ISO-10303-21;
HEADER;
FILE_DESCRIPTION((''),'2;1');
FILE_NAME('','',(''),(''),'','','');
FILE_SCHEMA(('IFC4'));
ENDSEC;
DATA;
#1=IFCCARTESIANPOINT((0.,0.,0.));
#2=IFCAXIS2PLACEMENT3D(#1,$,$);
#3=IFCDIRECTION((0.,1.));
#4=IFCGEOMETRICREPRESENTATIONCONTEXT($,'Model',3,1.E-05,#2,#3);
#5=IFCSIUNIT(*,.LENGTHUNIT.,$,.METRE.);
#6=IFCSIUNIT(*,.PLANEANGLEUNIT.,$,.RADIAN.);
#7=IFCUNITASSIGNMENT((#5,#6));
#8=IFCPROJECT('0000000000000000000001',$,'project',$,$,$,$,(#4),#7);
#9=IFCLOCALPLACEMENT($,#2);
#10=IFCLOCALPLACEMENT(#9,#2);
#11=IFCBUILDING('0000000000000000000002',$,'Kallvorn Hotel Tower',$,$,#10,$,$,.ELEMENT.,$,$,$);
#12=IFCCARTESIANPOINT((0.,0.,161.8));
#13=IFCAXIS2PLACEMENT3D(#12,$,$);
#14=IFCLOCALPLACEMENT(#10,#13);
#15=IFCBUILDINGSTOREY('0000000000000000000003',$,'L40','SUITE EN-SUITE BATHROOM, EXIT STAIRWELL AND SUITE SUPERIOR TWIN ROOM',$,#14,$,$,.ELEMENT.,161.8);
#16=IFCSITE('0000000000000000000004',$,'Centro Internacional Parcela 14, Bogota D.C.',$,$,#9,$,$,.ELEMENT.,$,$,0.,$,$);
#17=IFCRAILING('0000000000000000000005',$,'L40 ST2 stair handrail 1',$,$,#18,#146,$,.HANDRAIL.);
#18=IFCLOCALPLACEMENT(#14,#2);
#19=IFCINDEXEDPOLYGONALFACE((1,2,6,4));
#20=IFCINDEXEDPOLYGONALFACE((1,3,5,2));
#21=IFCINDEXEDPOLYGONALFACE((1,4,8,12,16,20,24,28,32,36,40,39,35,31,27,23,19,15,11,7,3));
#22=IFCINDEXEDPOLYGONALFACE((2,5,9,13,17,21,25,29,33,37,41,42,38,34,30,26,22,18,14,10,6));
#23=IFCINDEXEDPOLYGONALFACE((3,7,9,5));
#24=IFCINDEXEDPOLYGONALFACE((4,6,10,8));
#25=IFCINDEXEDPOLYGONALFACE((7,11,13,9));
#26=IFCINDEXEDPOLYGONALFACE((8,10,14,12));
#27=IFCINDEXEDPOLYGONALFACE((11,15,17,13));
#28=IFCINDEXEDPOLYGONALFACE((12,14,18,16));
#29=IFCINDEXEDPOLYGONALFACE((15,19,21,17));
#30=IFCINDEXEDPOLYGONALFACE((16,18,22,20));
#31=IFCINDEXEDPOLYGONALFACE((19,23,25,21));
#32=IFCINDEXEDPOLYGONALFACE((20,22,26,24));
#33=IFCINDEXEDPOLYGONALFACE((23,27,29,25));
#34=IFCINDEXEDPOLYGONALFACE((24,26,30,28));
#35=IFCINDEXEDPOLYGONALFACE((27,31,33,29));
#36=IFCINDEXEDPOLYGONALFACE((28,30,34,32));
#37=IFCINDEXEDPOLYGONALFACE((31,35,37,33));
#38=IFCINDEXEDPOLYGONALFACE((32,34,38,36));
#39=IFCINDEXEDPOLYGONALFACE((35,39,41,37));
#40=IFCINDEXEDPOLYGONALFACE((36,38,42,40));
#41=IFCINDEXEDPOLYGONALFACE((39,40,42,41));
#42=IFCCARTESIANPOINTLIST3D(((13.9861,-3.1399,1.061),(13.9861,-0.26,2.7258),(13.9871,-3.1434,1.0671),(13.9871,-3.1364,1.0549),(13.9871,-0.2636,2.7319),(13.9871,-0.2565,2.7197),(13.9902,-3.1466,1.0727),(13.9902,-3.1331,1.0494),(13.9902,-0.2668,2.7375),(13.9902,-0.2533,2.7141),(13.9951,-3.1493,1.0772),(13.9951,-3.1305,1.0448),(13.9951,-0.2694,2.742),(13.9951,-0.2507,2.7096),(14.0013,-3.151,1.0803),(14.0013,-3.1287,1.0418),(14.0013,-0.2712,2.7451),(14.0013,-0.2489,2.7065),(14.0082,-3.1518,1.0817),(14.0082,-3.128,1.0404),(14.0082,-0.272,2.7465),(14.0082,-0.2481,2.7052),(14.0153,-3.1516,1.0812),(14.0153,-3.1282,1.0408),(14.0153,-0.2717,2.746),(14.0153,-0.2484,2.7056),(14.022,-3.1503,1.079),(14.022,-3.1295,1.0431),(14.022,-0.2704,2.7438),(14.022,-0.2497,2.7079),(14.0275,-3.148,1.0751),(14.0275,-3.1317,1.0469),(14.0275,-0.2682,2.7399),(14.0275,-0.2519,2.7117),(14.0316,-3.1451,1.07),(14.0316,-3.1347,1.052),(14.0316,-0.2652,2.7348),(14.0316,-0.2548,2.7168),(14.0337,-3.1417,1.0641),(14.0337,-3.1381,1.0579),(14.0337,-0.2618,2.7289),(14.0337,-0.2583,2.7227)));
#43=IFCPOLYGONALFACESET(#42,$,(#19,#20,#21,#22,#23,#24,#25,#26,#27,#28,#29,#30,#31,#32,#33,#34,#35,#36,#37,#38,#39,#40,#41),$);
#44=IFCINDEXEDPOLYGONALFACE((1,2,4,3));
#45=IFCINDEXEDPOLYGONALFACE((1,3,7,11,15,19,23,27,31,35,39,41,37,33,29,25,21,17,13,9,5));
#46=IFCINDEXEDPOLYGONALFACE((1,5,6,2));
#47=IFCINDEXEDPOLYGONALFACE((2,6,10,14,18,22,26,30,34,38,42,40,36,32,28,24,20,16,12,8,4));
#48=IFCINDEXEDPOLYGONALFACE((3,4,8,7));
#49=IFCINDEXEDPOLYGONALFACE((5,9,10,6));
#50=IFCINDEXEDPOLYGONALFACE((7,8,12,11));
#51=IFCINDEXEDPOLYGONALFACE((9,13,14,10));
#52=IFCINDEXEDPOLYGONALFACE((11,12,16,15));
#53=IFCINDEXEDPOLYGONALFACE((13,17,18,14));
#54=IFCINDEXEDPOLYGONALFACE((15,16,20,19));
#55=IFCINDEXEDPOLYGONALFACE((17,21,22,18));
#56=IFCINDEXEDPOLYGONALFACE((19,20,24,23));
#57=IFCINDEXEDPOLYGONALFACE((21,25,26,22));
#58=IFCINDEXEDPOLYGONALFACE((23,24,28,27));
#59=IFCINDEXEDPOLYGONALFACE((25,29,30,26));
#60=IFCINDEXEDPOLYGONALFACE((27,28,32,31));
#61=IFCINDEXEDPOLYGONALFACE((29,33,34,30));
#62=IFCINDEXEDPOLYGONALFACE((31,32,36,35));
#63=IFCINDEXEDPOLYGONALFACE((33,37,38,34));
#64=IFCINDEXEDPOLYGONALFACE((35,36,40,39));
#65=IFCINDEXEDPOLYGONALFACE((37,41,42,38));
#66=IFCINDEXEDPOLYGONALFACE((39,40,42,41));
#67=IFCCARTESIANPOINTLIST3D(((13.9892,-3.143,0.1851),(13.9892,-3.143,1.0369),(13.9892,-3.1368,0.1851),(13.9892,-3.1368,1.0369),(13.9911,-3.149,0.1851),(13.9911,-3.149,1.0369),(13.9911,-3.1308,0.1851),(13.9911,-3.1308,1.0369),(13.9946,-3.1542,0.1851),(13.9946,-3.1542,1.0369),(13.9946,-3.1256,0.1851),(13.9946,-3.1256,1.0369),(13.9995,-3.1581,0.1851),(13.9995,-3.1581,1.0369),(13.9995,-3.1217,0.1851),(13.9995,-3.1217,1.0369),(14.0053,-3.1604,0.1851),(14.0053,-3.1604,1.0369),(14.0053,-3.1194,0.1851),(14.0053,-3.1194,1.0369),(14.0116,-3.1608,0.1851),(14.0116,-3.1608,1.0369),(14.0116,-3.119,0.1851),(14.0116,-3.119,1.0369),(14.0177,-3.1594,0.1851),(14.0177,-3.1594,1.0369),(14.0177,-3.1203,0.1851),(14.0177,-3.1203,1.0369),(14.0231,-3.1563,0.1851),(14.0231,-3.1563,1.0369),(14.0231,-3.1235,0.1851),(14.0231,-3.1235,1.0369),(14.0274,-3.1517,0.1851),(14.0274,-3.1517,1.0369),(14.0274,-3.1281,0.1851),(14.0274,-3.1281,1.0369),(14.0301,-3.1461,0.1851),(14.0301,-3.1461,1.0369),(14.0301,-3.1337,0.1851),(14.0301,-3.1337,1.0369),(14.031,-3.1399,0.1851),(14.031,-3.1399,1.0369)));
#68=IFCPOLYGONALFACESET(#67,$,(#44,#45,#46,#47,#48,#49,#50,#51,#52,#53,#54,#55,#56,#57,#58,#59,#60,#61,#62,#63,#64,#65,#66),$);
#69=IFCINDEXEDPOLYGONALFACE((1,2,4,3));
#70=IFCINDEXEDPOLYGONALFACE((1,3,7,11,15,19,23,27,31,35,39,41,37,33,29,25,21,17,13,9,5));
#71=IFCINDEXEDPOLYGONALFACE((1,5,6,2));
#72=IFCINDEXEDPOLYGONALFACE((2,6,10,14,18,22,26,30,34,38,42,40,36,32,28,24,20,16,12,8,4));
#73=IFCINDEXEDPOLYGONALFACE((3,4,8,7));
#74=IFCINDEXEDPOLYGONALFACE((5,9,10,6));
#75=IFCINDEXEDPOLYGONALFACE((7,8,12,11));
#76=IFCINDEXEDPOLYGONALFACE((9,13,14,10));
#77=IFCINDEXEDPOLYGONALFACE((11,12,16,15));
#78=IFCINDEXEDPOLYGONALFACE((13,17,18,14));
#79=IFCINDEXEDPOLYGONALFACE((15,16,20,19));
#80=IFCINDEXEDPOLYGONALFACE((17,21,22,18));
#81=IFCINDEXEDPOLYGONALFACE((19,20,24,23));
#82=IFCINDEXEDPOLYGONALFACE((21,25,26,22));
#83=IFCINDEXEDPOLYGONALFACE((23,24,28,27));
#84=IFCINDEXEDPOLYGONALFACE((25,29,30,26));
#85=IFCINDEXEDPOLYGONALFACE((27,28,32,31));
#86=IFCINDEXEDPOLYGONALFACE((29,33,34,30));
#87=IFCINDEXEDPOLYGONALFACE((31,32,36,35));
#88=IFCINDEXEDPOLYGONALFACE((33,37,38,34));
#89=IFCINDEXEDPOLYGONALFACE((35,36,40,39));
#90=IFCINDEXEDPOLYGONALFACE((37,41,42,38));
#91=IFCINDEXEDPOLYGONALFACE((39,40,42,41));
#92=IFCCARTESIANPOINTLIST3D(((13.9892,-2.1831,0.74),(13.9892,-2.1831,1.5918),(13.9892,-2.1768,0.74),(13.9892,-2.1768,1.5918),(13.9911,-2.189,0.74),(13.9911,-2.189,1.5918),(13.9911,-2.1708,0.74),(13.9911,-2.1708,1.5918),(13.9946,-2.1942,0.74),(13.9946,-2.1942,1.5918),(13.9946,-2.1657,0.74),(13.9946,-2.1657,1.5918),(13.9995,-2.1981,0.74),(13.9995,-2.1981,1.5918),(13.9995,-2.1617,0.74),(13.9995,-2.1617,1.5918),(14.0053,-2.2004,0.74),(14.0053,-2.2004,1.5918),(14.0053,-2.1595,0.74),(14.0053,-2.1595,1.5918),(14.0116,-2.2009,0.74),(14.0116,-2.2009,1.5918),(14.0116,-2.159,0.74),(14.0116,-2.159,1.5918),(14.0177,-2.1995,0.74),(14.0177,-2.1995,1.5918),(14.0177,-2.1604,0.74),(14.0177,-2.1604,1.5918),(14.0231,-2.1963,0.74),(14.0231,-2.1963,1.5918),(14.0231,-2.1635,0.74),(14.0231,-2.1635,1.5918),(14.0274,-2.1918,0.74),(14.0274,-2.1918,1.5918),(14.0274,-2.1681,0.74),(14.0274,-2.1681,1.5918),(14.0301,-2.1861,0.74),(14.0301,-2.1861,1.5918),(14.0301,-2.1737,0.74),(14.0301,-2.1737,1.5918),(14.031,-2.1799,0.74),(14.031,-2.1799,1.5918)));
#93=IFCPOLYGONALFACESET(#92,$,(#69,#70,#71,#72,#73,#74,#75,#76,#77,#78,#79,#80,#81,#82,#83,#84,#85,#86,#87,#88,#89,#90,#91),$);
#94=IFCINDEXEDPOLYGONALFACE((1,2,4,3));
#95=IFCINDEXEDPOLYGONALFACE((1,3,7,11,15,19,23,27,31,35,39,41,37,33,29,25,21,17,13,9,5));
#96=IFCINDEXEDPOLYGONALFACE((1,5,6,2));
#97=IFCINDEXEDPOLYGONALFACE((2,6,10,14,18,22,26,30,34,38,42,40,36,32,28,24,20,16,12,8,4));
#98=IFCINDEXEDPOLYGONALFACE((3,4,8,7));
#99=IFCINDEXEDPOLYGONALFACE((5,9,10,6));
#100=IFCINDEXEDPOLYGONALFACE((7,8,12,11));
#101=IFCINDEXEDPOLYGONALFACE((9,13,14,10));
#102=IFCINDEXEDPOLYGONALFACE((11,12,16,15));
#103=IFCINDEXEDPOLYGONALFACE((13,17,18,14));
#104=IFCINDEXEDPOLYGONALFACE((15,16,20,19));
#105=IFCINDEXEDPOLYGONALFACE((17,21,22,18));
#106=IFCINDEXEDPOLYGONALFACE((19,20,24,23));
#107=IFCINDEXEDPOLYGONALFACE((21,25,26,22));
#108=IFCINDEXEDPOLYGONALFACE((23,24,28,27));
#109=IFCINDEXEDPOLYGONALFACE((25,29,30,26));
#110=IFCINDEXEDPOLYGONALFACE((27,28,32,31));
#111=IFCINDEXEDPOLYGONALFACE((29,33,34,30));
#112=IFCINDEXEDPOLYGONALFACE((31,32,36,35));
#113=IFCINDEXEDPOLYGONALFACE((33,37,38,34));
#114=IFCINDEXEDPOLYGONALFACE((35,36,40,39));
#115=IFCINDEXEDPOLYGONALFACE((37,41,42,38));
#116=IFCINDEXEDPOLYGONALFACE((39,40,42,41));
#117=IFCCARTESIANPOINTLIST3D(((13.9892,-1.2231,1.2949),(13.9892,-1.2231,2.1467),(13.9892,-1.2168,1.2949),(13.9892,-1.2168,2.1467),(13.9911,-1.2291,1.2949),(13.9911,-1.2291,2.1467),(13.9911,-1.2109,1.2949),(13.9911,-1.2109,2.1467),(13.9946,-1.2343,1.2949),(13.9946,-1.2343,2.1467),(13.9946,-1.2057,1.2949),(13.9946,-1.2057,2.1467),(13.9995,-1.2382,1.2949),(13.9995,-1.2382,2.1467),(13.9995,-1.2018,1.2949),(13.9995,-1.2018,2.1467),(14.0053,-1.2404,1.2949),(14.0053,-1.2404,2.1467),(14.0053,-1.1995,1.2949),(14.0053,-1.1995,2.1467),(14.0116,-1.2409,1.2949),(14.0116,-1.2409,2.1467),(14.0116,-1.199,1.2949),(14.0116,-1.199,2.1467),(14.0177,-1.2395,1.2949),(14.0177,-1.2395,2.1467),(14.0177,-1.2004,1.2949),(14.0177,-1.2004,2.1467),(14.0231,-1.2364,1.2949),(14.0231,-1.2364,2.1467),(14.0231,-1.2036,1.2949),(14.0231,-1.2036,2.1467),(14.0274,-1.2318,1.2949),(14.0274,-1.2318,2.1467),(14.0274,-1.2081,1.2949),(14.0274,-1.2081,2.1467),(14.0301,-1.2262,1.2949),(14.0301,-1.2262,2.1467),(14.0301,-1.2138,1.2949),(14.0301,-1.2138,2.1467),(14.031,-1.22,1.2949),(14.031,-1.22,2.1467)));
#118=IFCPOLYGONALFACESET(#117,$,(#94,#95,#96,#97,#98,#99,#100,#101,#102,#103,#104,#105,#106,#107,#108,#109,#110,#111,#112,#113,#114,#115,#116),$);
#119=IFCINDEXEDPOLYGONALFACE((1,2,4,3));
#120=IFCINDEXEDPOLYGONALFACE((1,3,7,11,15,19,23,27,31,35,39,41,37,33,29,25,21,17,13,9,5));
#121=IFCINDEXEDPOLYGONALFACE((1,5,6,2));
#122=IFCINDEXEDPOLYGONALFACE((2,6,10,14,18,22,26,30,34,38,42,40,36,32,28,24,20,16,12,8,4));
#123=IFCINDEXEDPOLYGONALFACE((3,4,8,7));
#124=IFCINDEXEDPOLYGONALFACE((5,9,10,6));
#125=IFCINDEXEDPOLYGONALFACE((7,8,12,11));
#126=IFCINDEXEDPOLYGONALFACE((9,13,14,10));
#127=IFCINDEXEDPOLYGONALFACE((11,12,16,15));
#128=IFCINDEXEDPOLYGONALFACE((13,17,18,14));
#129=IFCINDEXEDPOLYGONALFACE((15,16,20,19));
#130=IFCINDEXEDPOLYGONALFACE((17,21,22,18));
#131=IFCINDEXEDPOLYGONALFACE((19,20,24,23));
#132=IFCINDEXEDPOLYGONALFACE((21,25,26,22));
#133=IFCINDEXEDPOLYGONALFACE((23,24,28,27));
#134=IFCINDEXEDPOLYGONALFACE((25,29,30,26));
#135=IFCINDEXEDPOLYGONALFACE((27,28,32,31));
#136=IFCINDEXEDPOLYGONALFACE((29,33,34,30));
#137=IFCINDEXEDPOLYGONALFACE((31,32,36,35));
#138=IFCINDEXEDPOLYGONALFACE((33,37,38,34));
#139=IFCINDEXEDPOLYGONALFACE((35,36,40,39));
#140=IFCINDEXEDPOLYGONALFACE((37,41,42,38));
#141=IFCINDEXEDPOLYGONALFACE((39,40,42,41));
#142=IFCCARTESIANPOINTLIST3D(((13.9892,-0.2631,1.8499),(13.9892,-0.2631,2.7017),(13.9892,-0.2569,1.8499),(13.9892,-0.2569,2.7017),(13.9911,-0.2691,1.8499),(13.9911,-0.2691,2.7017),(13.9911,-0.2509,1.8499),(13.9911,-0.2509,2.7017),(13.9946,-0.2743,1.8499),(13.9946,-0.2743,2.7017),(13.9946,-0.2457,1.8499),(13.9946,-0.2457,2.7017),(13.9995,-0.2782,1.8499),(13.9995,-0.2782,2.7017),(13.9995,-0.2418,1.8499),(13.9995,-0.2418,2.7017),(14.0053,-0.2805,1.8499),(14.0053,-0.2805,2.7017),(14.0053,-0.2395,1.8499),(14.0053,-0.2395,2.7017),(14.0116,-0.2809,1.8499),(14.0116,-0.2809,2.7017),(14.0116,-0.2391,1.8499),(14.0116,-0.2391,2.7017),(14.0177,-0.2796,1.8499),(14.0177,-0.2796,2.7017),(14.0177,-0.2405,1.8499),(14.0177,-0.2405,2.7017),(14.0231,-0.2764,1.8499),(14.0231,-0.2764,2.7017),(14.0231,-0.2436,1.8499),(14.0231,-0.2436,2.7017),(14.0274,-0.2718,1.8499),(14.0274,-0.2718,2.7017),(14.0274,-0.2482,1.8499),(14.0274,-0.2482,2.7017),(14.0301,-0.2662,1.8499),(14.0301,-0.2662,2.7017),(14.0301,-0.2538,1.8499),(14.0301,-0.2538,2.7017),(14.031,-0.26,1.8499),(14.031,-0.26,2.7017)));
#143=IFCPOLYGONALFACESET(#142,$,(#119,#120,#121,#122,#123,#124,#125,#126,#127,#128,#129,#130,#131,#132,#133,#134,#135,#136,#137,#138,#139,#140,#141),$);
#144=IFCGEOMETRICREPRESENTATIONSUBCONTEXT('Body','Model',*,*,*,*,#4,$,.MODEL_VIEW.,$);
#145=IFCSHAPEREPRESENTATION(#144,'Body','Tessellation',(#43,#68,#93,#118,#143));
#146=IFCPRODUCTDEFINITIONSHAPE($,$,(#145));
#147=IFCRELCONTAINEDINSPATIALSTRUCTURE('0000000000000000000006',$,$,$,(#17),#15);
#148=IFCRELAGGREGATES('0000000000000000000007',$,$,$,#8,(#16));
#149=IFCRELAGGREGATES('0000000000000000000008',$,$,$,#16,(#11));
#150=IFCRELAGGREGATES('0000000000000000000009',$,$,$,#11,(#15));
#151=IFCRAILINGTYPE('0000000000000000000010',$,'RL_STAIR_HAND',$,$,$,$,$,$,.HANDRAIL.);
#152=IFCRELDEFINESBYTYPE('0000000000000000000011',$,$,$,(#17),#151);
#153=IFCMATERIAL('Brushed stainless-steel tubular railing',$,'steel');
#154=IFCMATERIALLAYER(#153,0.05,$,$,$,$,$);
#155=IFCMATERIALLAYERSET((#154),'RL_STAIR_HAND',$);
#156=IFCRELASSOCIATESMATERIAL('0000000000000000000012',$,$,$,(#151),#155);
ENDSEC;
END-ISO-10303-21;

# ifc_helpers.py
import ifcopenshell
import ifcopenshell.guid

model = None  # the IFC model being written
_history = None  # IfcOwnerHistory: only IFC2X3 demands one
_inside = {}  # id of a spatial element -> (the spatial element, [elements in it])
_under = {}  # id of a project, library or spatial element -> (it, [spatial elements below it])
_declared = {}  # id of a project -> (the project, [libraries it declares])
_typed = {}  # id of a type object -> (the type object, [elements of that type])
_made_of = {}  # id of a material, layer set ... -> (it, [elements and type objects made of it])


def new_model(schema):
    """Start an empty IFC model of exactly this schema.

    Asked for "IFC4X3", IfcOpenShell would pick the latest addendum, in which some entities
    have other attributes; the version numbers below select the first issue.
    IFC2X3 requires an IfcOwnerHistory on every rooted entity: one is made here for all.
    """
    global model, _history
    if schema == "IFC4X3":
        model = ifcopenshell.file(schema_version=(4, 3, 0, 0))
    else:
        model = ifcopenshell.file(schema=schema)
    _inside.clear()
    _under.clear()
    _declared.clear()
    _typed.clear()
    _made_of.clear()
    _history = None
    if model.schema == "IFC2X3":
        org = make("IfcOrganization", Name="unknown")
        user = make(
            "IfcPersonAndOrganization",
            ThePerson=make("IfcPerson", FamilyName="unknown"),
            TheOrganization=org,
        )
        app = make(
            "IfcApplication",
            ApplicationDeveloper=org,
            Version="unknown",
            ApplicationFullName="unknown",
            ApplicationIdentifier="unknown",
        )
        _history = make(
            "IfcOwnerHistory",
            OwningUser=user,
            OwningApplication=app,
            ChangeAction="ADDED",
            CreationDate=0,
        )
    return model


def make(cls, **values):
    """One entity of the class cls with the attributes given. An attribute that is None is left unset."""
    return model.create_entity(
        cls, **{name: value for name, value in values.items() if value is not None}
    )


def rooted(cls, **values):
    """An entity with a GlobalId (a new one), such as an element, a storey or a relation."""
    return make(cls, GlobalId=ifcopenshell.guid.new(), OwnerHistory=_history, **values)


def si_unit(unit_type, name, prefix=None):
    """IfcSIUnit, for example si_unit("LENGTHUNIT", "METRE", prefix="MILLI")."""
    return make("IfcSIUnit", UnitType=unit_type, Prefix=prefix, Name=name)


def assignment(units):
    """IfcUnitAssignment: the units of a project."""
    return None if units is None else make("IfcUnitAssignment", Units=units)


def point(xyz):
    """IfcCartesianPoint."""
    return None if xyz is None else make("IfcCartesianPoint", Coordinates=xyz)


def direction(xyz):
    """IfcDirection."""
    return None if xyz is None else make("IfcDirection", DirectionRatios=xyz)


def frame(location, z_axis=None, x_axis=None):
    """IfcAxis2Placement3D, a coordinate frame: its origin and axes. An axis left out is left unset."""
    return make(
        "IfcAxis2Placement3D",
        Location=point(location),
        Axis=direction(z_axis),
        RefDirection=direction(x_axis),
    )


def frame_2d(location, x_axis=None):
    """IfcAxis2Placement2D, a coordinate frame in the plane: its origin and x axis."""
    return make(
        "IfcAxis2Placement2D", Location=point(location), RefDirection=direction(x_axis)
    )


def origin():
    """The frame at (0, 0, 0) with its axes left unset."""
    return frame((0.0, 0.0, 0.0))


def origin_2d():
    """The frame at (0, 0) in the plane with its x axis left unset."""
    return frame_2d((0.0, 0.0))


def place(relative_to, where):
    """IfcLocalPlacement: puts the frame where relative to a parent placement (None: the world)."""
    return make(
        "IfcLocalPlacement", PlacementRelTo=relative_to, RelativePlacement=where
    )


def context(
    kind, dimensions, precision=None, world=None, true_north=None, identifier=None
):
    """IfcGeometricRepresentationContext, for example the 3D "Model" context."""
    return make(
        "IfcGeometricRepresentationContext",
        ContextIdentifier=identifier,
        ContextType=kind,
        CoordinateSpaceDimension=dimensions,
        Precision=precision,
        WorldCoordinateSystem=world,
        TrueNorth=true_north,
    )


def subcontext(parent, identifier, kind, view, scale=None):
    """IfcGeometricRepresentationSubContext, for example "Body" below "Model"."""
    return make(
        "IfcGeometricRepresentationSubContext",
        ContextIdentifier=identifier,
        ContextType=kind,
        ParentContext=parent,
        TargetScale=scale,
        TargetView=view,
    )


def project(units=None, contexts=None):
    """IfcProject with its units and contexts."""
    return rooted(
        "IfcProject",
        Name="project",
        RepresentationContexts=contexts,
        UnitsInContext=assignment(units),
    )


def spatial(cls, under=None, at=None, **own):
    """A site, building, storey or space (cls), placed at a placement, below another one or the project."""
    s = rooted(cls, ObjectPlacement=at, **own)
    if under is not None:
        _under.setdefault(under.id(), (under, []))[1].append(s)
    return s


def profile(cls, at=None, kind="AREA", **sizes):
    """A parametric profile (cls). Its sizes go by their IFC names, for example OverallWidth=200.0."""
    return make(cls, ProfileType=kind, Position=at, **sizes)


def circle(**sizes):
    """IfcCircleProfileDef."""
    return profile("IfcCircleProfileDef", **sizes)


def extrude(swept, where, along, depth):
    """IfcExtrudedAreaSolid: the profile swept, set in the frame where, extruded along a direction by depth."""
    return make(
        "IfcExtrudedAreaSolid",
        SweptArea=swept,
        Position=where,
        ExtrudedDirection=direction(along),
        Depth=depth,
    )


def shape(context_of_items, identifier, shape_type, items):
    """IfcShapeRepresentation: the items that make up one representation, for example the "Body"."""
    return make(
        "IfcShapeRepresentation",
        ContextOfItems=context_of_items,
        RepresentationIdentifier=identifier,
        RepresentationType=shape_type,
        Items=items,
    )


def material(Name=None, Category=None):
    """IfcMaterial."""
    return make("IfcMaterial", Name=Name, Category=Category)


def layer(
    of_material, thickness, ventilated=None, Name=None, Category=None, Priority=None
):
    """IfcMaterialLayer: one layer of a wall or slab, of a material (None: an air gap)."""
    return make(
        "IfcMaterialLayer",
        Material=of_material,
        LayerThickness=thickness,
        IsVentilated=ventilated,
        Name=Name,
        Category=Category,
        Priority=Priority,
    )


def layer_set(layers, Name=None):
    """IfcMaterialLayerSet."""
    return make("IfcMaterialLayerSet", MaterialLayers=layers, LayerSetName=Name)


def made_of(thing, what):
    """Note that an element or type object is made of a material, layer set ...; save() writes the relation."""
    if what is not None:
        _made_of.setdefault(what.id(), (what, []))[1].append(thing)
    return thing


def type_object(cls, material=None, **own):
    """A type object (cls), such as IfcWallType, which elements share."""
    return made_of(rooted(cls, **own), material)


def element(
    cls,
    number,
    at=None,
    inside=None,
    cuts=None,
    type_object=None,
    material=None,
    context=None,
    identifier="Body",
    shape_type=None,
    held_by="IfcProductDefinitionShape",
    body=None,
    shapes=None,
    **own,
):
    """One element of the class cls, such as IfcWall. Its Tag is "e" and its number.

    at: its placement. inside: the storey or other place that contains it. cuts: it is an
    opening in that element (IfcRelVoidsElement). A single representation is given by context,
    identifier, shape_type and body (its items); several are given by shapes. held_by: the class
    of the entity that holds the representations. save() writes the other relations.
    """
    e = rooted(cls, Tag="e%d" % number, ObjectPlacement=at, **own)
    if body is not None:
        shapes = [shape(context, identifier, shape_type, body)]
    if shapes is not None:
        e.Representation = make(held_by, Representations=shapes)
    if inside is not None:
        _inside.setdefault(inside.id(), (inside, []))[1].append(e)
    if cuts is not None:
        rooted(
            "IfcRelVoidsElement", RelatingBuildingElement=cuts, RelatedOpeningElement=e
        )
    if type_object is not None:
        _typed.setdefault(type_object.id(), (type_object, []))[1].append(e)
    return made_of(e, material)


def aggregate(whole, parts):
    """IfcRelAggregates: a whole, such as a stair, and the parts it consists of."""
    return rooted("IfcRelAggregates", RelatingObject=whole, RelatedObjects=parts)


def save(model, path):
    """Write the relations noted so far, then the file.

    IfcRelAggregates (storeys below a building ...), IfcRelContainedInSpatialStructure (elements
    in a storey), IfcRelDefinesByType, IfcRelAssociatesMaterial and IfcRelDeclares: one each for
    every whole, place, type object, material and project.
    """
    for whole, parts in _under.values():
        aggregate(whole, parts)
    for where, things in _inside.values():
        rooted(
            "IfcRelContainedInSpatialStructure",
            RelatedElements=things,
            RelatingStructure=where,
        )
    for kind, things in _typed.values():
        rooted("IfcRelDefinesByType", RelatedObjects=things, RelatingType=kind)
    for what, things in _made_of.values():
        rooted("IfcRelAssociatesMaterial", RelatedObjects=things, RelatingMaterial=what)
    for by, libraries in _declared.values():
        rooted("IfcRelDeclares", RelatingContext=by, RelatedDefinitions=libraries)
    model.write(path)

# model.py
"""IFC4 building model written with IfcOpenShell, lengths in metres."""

from ifc_helpers import new_model, si_unit, direction, frame, origin, origin_2d, place, context, subcontext, project, spatial, circle, extrude, material, layer, layer_set, type_object, element, save


model = new_model("IFC4")

# Units and contexts
model_context = context("Model", 3, precision=1e-05, world=origin(), true_north=direction((0.0, 1.0)))
body_context = subcontext(model_context, "Body", "Model", "MODEL_VIEW")
ifc_project = project(units=[si_unit("LENGTHUNIT", "METRE"), si_unit("PLANEANGLEUNIT", "RADIAN")], contexts=[model_context])

# Site, building, storey
site_placement = place(None, origin())
site = spatial("IfcSite", under=ifc_project, at=site_placement, Name="Centro Internacional Parcela 14, Bogota D.C.", CompositionType="ELEMENT", RefElevation=0.0)
building_placement = place(site_placement, origin())
building = spatial("IfcBuilding", under=site, at=building_placement, Name="Kallvorn Hotel Tower", CompositionType="ELEMENT")
storey_placement = place(building_placement, frame((0.0, 0.0, 161.8)))
storey = spatial("IfcBuildingStorey", under=building, at=storey_placement, Name="L40", Description="SUITE EN-SUITE BATHROOM, EXIT STAIRWELL AND SUITE SUPERIOR TWIN ROOM", CompositionType="ELEMENT", Elevation=161.8)

# Railing
ifc_material_1 = material(Name="Brushed stainless-steel tubular railing", Category="steel")
ifc_layer_1 = layer(ifc_material_1, 0.05)
ifc_layer_set_1 = layer_set([ifc_layer_1], Name="RL_STAIR_HAND")
railing_type_1 = type_object("IfcRailingType", Name="RL_STAIR_HAND", PredefinedType="HANDRAIL", material=ifc_layer_set_1)
railing_1_placement = place(storey_placement, frame((14.01, -3.1399, 0.1851)))
element("IfcRailing", 1, at=railing_1_placement, inside=storey, type_object=railing_type_1, Name="L40 ST2 stair handrail 1", PredefinedType="HANDRAIL", context=body_context, shape_type="SweptSolid", body=[
    extrude(circle(Radius=0.0239, at=origin_2d()), frame((0.0, 0.0, 0.876), z_axis=(0.0, 0.865753, 0.500472), x_axis=(-1.0, 0.0, 0.0)), (0.0, 0.0, 1.0), 3.3264),
    extrude(circle(Radius=0.021, at=origin_2d()), origin(), (0.0, 0.0, 1.0), 0.8518),
    extrude(circle(Radius=0.021, at=origin_2d()), frame((0.0, 0.96, 0.5549)), (0.0, 0.0, 1.0), 0.8518),
    extrude(circle(Radius=0.021, at=origin_2d()), frame((0.0, 1.9199, 1.1099)), (0.0, 0.0, 1.0), 0.8518),
    extrude(circle(Radius=0.021, at=origin_2d()), frame((0.0, 2.8799, 1.6648)), (0.0, 0.0, 1.0), 0.8518),
])

save(model, "model.ifc")
